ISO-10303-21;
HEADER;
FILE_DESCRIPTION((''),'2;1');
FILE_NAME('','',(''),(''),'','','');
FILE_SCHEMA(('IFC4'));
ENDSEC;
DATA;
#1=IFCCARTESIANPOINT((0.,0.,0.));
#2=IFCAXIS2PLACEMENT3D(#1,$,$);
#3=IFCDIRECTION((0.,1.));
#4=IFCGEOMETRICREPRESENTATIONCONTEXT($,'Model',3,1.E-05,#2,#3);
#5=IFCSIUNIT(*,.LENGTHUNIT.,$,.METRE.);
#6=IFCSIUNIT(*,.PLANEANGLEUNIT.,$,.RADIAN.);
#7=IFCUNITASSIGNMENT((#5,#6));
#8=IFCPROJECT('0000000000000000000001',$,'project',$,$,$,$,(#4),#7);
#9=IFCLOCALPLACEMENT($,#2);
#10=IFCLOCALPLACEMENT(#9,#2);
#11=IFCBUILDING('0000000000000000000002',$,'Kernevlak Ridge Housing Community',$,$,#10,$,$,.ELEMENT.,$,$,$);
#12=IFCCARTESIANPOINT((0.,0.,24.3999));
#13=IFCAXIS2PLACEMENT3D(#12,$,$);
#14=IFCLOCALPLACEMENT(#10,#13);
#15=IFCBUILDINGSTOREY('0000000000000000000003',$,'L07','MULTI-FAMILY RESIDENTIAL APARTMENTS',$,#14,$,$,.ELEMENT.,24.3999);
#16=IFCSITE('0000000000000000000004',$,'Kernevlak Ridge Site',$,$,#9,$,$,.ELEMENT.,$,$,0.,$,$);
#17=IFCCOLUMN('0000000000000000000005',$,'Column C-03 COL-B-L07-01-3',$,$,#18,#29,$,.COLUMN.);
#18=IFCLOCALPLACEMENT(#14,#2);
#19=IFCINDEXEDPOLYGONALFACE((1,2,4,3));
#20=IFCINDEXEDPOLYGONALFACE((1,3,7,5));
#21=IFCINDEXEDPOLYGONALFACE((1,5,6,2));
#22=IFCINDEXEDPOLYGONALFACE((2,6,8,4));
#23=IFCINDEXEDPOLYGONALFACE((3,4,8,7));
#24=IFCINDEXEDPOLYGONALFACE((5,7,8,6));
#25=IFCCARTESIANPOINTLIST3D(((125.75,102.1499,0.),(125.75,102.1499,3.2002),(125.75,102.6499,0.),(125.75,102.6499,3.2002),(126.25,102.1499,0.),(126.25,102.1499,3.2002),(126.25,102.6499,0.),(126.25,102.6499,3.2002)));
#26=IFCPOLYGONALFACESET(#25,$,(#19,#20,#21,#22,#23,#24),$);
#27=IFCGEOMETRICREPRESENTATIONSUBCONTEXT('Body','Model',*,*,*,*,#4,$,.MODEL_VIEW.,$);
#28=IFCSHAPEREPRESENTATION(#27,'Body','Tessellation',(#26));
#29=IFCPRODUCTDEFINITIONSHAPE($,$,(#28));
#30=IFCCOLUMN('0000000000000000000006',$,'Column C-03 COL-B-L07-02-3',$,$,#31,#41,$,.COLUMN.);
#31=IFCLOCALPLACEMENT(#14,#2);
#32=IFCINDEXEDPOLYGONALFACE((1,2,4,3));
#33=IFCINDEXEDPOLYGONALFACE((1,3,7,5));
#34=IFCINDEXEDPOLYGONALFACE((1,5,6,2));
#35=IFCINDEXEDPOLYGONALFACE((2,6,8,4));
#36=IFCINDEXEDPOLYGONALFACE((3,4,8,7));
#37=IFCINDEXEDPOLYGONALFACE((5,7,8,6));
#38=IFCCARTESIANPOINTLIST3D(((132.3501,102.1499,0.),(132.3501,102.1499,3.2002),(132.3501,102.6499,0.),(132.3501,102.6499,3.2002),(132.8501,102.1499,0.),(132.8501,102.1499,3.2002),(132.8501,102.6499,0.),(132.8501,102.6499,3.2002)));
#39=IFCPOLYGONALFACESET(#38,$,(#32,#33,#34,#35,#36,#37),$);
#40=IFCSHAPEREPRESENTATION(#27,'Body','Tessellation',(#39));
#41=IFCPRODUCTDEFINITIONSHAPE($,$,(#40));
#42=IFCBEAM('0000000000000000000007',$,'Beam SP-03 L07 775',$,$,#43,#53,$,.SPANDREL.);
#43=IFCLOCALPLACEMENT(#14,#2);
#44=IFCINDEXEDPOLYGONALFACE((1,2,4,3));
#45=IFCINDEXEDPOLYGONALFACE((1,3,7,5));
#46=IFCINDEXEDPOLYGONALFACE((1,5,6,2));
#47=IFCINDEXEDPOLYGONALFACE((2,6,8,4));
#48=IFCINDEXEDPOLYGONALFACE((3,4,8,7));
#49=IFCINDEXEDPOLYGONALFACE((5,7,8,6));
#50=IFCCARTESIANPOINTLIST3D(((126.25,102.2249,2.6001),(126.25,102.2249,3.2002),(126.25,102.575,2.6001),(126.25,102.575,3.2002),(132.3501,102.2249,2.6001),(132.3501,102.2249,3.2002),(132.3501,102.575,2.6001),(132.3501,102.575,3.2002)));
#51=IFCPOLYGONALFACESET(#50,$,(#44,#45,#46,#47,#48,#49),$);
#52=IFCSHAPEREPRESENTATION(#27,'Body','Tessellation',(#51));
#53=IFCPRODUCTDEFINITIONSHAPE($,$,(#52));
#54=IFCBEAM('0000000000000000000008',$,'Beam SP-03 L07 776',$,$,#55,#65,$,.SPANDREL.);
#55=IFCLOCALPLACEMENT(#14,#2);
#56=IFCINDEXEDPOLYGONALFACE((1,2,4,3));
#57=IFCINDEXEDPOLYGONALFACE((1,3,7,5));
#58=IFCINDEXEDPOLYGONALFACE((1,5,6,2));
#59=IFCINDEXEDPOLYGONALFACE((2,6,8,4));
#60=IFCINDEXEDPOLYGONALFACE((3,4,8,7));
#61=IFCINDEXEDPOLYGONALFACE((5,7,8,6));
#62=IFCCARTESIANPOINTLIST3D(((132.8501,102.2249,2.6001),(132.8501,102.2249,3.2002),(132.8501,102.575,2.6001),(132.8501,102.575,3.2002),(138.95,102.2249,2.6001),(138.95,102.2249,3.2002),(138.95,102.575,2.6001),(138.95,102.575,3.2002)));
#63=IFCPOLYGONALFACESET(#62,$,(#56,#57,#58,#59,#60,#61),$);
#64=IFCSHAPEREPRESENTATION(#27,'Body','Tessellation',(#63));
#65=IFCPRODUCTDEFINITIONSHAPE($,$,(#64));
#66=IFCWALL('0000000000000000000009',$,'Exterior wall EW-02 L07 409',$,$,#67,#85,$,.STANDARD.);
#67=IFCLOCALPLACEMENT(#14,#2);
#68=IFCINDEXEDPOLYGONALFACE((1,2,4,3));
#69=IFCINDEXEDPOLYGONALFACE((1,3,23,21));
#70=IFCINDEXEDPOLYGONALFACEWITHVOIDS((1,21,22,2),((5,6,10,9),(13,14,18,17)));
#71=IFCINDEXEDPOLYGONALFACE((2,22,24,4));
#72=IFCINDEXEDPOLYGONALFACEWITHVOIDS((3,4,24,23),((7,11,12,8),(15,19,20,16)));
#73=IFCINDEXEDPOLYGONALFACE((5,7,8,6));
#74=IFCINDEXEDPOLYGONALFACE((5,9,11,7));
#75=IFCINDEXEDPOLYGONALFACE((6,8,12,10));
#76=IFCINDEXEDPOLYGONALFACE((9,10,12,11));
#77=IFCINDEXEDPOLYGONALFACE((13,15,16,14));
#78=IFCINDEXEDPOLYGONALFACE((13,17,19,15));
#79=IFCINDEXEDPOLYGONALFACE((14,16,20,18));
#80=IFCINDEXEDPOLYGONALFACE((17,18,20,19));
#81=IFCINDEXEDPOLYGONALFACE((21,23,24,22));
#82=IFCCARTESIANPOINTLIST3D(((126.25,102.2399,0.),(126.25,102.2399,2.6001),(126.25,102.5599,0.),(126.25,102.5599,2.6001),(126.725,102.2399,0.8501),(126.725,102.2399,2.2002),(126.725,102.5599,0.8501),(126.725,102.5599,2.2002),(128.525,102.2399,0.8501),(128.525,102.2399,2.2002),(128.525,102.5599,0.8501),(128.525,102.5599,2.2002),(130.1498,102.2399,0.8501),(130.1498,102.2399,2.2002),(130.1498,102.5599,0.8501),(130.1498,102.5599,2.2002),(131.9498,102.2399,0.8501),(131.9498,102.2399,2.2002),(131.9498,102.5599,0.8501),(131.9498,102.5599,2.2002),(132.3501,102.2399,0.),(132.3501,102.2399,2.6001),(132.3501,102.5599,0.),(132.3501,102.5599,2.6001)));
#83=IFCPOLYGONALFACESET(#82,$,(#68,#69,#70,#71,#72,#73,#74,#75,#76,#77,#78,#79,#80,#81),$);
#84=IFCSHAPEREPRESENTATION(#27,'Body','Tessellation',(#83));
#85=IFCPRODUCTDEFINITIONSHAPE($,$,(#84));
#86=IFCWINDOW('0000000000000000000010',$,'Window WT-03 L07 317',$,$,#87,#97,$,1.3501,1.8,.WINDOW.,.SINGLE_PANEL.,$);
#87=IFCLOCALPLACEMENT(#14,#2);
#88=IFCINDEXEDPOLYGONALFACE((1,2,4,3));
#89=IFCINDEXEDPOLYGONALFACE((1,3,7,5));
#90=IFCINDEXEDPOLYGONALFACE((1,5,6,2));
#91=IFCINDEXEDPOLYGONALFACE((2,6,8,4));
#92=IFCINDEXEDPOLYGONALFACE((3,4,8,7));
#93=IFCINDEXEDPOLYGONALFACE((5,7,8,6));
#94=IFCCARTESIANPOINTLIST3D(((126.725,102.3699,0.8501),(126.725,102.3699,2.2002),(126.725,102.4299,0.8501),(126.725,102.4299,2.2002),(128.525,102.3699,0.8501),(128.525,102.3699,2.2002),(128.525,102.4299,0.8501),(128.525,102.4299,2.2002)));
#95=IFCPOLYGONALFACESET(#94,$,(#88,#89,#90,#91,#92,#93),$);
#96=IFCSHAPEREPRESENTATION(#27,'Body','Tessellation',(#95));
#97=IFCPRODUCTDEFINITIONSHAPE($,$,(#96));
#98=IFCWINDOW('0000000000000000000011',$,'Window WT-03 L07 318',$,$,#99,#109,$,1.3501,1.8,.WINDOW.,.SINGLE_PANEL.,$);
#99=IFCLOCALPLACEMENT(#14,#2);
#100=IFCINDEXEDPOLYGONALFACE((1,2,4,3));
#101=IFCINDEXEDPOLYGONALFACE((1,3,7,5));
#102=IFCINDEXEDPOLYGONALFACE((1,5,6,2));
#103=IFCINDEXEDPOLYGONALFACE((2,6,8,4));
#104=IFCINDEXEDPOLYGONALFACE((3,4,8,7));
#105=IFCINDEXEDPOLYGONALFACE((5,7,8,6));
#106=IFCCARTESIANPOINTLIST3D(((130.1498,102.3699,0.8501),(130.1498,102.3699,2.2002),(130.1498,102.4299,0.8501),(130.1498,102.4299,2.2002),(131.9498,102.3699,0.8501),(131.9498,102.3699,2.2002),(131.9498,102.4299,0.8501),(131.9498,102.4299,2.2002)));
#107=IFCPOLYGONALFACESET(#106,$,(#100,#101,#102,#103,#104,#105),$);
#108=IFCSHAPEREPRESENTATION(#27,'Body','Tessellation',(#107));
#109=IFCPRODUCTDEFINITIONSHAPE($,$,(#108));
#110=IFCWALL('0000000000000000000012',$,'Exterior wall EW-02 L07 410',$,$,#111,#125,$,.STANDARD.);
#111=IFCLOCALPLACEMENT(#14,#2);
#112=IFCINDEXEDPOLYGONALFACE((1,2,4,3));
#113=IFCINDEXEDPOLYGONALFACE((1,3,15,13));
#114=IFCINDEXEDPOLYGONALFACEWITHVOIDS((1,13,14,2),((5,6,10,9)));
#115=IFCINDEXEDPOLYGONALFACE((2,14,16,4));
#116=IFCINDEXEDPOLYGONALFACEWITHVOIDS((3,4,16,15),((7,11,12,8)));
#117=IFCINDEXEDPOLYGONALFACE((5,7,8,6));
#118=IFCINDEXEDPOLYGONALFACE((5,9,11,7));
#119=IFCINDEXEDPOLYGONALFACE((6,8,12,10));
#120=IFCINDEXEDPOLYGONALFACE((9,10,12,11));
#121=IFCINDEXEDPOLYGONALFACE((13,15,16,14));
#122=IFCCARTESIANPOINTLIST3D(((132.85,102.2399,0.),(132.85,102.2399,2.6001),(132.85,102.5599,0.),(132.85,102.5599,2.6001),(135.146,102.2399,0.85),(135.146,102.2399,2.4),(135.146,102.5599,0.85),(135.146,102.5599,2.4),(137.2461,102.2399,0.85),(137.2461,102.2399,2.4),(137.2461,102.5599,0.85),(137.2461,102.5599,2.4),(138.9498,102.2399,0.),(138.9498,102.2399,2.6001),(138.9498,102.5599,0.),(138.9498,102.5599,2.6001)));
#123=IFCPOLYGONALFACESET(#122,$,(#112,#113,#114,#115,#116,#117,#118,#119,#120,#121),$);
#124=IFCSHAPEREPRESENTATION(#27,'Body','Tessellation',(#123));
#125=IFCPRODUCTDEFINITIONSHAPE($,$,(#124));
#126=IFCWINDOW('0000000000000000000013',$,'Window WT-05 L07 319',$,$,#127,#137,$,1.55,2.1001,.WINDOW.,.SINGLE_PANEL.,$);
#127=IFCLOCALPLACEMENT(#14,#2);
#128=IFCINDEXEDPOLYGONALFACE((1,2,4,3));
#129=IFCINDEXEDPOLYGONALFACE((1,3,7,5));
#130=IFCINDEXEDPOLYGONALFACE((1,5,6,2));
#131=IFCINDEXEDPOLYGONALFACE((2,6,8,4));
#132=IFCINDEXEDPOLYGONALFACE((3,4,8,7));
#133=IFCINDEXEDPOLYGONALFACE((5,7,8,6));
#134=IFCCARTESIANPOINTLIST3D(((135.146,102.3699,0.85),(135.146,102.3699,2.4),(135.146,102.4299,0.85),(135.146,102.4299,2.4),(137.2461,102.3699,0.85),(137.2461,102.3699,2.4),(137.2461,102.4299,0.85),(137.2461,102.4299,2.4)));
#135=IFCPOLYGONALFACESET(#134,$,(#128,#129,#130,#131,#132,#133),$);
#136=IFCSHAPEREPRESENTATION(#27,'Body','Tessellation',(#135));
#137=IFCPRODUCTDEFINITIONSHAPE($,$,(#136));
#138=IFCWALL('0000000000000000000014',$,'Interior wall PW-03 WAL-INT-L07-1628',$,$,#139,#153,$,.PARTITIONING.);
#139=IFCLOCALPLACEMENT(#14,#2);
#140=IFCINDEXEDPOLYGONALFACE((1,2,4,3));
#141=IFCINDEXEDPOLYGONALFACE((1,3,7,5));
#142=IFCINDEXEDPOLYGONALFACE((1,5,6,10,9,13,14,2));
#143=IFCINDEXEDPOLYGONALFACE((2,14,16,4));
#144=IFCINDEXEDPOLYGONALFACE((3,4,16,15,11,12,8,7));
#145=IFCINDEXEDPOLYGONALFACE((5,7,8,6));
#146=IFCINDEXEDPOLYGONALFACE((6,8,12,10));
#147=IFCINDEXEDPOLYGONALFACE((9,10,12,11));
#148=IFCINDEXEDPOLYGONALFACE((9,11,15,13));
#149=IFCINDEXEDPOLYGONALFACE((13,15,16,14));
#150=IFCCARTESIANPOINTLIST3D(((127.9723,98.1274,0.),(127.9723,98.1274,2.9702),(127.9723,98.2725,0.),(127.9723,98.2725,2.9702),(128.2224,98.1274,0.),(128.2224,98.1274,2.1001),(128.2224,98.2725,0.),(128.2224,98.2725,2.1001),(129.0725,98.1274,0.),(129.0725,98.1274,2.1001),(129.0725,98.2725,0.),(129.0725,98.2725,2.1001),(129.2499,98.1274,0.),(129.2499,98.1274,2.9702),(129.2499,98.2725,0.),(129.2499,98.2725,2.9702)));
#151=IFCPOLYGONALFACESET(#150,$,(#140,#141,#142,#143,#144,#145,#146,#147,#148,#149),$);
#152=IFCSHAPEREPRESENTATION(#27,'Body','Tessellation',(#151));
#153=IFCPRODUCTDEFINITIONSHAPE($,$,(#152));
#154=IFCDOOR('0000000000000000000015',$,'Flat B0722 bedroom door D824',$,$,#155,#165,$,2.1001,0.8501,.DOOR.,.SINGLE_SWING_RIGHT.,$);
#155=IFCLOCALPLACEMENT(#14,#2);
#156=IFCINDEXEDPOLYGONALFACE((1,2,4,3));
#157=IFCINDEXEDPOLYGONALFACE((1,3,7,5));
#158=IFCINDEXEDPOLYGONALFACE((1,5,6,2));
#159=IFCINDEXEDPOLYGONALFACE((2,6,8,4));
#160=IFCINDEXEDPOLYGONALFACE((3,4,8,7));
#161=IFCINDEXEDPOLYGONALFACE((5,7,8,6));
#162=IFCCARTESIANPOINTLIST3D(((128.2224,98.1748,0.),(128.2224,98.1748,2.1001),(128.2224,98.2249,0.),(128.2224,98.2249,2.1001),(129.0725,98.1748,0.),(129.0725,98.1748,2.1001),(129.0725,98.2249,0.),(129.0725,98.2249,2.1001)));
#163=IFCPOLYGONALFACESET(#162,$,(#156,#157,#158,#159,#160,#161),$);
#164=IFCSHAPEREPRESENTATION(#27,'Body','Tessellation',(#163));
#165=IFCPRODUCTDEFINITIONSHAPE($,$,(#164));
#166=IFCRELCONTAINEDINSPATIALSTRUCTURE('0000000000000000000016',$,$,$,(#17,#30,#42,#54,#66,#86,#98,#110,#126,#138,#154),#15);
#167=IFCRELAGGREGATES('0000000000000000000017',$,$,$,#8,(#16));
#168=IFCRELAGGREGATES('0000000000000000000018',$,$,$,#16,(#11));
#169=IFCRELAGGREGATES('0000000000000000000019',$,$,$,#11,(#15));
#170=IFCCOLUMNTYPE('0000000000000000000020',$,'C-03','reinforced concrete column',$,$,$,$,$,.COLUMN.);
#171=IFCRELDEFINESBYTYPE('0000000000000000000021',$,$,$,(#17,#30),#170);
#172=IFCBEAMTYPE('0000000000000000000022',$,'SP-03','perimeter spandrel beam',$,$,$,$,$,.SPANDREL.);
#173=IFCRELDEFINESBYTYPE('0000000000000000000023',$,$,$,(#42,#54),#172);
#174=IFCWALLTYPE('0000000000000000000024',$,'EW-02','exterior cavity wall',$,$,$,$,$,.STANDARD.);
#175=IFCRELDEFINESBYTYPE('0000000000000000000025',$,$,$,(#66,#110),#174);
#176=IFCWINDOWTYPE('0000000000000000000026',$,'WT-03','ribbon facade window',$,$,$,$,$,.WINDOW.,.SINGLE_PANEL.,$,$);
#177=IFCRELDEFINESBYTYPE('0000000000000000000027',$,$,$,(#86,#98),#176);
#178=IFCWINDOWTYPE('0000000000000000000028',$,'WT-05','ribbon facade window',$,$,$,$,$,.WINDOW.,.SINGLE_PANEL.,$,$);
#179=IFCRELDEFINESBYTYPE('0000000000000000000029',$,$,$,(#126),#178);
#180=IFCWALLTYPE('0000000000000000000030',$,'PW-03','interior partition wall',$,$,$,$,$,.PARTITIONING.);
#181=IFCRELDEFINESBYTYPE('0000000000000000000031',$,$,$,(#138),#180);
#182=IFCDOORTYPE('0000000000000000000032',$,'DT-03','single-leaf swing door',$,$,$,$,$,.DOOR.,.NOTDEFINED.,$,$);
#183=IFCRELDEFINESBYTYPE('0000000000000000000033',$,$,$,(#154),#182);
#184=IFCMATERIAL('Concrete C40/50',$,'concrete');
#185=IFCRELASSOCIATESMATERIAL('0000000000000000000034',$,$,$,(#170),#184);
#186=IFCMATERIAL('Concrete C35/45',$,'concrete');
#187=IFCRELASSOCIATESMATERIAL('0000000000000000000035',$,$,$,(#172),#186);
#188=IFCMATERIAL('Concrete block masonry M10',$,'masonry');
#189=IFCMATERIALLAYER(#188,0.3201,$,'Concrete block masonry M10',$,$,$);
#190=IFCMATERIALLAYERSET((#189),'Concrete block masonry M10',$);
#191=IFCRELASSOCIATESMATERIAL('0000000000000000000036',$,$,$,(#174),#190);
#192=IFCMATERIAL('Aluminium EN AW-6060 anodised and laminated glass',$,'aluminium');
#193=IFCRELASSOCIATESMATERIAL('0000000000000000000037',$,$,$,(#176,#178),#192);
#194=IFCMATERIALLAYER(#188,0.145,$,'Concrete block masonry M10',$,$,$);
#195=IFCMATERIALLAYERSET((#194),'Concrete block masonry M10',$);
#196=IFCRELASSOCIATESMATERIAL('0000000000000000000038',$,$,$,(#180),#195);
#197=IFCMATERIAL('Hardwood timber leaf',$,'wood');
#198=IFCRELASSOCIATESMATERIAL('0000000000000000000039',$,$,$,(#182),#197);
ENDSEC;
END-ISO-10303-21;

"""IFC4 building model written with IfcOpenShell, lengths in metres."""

from ifc_helpers import new_model, si_unit, direction, frame, frame_2d, origin, origin_2d, place, context, subcontext, project, spatial, rectangle, extrude, material, layer, layer_set, material_profile, profile_set, type_object, element, fill, save


model = new_model("IFC4")

# Units and contexts
model_context = context("Model", 3, precision=1e-05, world=origin(), true_north=direction((0.0, 1.0)))
body_context = subcontext(model_context, "Body", "Model", "MODEL_VIEW")
ifc_project = project(units=[si_unit("LENGTHUNIT", "METRE"), si_unit("PLANEANGLEUNIT", "RADIAN")], contexts=[model_context])

# Site, building, storey
site_placement = place(None, origin())
site = spatial("IfcSite", under=ifc_project, at=site_placement, Name="Kernevlak Ridge Site", CompositionType="ELEMENT", RefElevation=0.0)
building_placement = place(site_placement, origin())
building = spatial("IfcBuilding", under=site, at=building_placement, Name="Kernevlak Ridge Housing Community", CompositionType="ELEMENT")
storey_placement = place(building_placement, frame((0.0, 0.0, 24.3999)))
storey = spatial("IfcBuildingStorey", under=building, at=storey_placement, Name="L07", Description="MULTI-FAMILY RESIDENTIAL APARTMENTS", CompositionType="ELEMENT", Elevation=24.3999)

# Columns
ifc_material_1 = material(Name="Concrete C40/50", Category="concrete")
ifc_material_profile_1 = material_profile(ifc_material_1, rectangle(XDim=0.5, YDim=0.5, at=origin_2d()), Name="RC 500x500")
ifc_profile_set_1 = profile_set([ifc_material_profile_1], Name="Concrete C40/50")
column_type = type_object("IfcColumnType", Name="C-03", Description="reinforced concrete column", PredefinedType="COLUMN", material=ifc_profile_set_1)
for number, where, z_axis, x_axis, name in (
    (1, (126.0, 102.3999, 0.0), (0.0, 0.0, 1.0), (1.0, 0.0, 0.0), "Column C-03 COL-B-L07-01-3"),
    (2, (132.6001, 102.3999, 0.0), (0.0, 0.0, 1.0), (1.0, 0.0, 0.0), "Column C-03 COL-B-L07-02-3"),
):
    element("IfcColumn", number, at=place(storey_placement, frame(where, z_axis=z_axis, x_axis=x_axis)), inside=storey, type_object=column_type, Name=name, PredefinedType="COLUMN", context=body_context, shape_type="SweptSolid", body=[
        extrude(rectangle(XDim=0.5, YDim=0.5, at=origin_2d()), origin(), (0.0, 0.0, 1.0), 3.2002),
    ])

# Beams
ifc_material_2 = material(Name="Concrete C35/45", Category="concrete")
ifc_material_profile_2 = material_profile(ifc_material_2, rectangle(XDim=0.3501, YDim=0.6001, at=origin_2d()), Name="RC 350x600")
ifc_profile_set_2 = profile_set([ifc_material_profile_2], Name="Concrete C35/45")
beam_type = type_object("IfcBeamType", Name="SP-03", Description="perimeter spandrel beam", PredefinedType="SPANDREL", material=ifc_profile_set_2)
beam_1_placement = place(storey_placement, frame((126.25, 102.3999, 2.9001), z_axis=(1.0, 0.0, 0.0), x_axis=(0.0, 1.0, 0.0)))
element("IfcBeam", 3, at=beam_1_placement, inside=storey, type_object=beam_type, Name="Beam SP-03 L07 775", PredefinedType="SPANDREL", context=body_context, shape_type="SweptSolid", body=[
    extrude(rectangle(XDim=0.3501, YDim=0.6001, at=origin_2d()), origin(), (0.0, 0.0, 1.0), 6.1001),
])
beam_2_placement = place(storey_placement, frame((132.8501, 102.3999, 2.9001), z_axis=(1.0, 0.0, 0.0), x_axis=(0.0, 1.0, 0.0)))
element("IfcBeam", 4, at=beam_2_placement, inside=storey, type_object=beam_type, Name="Beam SP-03 L07 776", PredefinedType="SPANDREL", context=body_context, shape_type="SweptSolid", body=[
    extrude(rectangle(XDim=0.3501, YDim=0.6001, at=origin_2d()), origin(), (0.0, 0.0, 1.0), 6.0999),
])

# Wall, openings, windows
ifc_material_3 = material(Name="Concrete block masonry M10", Category="masonry")
ifc_layer_1 = layer(ifc_material_3, 0.3201, Name="Concrete block masonry M10")
ifc_layer_set_1 = layer_set([ifc_layer_1], Name="Concrete block masonry M10")
wall_type_1 = type_object("IfcWallType", Name="EW-02", Description="exterior cavity wall", PredefinedType="STANDARD", material=ifc_layer_set_1)
wall_1_placement = place(storey_placement, frame((126.25, 102.3999, 0.0), z_axis=(0.0, 0.0, 1.0), x_axis=(1.0, 0.0, 0.0)))
wall_1 = element("IfcWall", 5, at=wall_1_placement, inside=storey, type_object=wall_type_1, Name="Exterior wall EW-02 L07 409", PredefinedType="STANDARD", context=body_context, shape_type="SweptSolid", body=[
    extrude(rectangle(XDim=6.1001, YDim=0.3201, at=frame_2d((3.05, 0.0))), origin(), (0.0, 0.0, 1.0), 2.6001),
])
opening_1_placement = place(wall_1_placement, frame((0.4751, 0.0, 0.8501)))
opening_1 = element("IfcOpeningElement", 6, at=opening_1_placement, cuts=wall_1, PredefinedType="OPENING", context=body_context, shape_type="SweptSolid", body=[
    extrude(rectangle(XDim=1.8, YDim=1.3501, at=frame_2d((0.8999, 0.675))), frame((0.0, 0.1699, 0.0), z_axis=(0.0, -1.0, 0.0), x_axis=(1.0, 0.0, 0.0)), (0.0, 0.0, 1.0), 0.3401),
])
opening_2_placement = place(wall_1_placement, frame((3.8999, 0.0, 0.8501)))
opening_2 = element("IfcOpeningElement", 7, at=opening_2_placement, cuts=wall_1, PredefinedType="OPENING", context=body_context, shape_type="SweptSolid", body=[
    extrude(rectangle(XDim=1.8, YDim=1.3501, at=frame_2d((0.8999, 0.675))), frame((0.0, 0.1699, 0.0), z_axis=(0.0, -1.0, 0.0), x_axis=(1.0, 0.0, 0.0)), (0.0, 0.0, 1.0), 0.3401),
])
ifc_material_4 = material(Name="Aluminium EN AW-6060 anodised and laminated glass", Category="aluminium")
window_type_1 = type_object("IfcWindowType", Name="WT-03", Description="ribbon facade window", PartitioningType="SINGLE_PANEL", PredefinedType="WINDOW", material=ifc_material_4)
window_1_placement = place(opening_1_placement, origin())
window_1 = element("IfcWindow", 8, at=window_1_placement, inside=storey, type_object=window_type_1, Name="Window WT-03 L07 317", OverallHeight=1.3501, OverallWidth=1.8, PartitioningType="SINGLE_PANEL", PredefinedType="WINDOW", context=body_context, shape_type="SweptSolid", body=[
    extrude(rectangle(XDim=1.8, YDim=1.3501, at=frame_2d((0.8999, 0.675))), frame((0.0, 0.03, 0.0), z_axis=(0.0, -1.0, 0.0), x_axis=(1.0, 0.0, 0.0)), (0.0, 0.0, 1.0), 0.0601),
])
fill(opening_1, window_1)
window_2_placement = place(opening_2_placement, origin())
window_2 = element("IfcWindow", 9, at=window_2_placement, inside=storey, type_object=window_type_1, Name="Window WT-03 L07 318", OverallHeight=1.3501, OverallWidth=1.8, PartitioningType="SINGLE_PANEL", PredefinedType="WINDOW", context=body_context, shape_type="SweptSolid", body=[
    extrude(rectangle(XDim=1.8, YDim=1.3501, at=frame_2d((0.8999, 0.675))), frame((0.0, 0.03, 0.0), z_axis=(0.0, -1.0, 0.0), x_axis=(1.0, 0.0, 0.0)), (0.0, 0.0, 1.0), 0.0601),
])
fill(opening_2, window_2)

# Wall, opening, window
wall_2_placement = place(storey_placement, frame((132.8501, 102.3999, 0.0), z_axis=(0.0, 0.0, 1.0), x_axis=(1.0, 0.0, 0.0)))
wall_2 = element("IfcWall", 10, at=wall_2_placement, inside=storey, type_object=wall_type_1, Name="Exterior wall EW-02 L07 410", PredefinedType="STANDARD", context=body_context, shape_type="SweptSolid", body=[
    extrude(rectangle(XDim=6.0999, YDim=0.3201, at=frame_2d((3.0498, 0.0))), origin(), (0.0, 0.0, 1.0), 2.6001),
])
opening_3_placement = place(wall_2_placement, frame((2.2959, 0.0, 0.8501)))
opening_3 = element("IfcOpeningElement", 11, at=opening_3_placement, cuts=wall_2, PredefinedType="OPENING", context=body_context, shape_type="SweptSolid", body=[
    extrude(rectangle(XDim=2.1001, YDim=1.55, at=frame_2d((1.05, 0.7749))), frame((0.0, 0.1699, 0.0), z_axis=(0.0, -1.0, 0.0), x_axis=(1.0, 0.0, 0.0)), (0.0, 0.0, 1.0), 0.3401),
])
window_type_2 = type_object("IfcWindowType", Name="WT-05", Description="ribbon facade window", PartitioningType="SINGLE_PANEL", PredefinedType="WINDOW", material=ifc_material_4)
window_3_placement = place(opening_3_placement, origin())
window_3 = element("IfcWindow", 12, at=window_3_placement, inside=storey, type_object=window_type_2, Name="Window WT-05 L07 319", OverallHeight=1.55, OverallWidth=2.1001, PartitioningType="SINGLE_PANEL", PredefinedType="WINDOW", context=body_context, shape_type="SweptSolid", body=[
    extrude(rectangle(XDim=2.1001, YDim=1.55, at=frame_2d((1.05, 0.7749))), frame((0.0, 0.03, 0.0), z_axis=(0.0, -1.0, 0.0), x_axis=(1.0, 0.0, 0.0)), (0.0, 0.0, 1.0), 0.0601),
])
fill(opening_3, window_3)

# Wall, opening, door
ifc_layer_2 = layer(ifc_material_3, 0.145, Name="Concrete block masonry M10")
ifc_layer_set_2 = layer_set([ifc_layer_2], Name="Concrete block masonry M10")
wall_type_2 = type_object("IfcWallType", Name="PW-03", Description="interior partition wall", PredefinedType="PARTITIONING", material=ifc_layer_set_2)
wall_3_placement = place(storey_placement, frame((127.9724, 98.2, 0.0), z_axis=(0.0, 0.0, 1.0), x_axis=(1.0, 0.0, 0.0)))
wall_3 = element("IfcWall", 13, at=wall_3_placement, inside=storey, type_object=wall_type_2, Name="Interior wall PW-03 WAL-INT-L07-1628", PredefinedType="PARTITIONING", context=body_context, shape_type="SweptSolid", body=[
    extrude(rectangle(XDim=1.2776, YDim=0.145, at=frame_2d((0.6387, 0.0))), origin(), (0.0, 0.0, 1.0), 2.9702),
])
opening_4_placement = place(wall_3_placement, frame((0.25, 0.0, 0.0)))
opening_4 = element("IfcOpeningElement", 14, at=opening_4_placement, cuts=wall_3, PredefinedType="OPENING", context=body_context, shape_type="SweptSolid", body=[
    extrude(rectangle(XDim=0.8501, YDim=2.1001, at=frame_2d((0.425, 1.05))), frame((0.0, 0.0825, 0.0), z_axis=(0.0, -1.0, 0.0), x_axis=(1.0, 0.0, 0.0)), (0.0, 0.0, 1.0), 0.165),
])
ifc_material_5 = material(Name="Hardwood timber leaf", Category="wood")
door_type_1 = type_object("IfcDoorType", Name="DT-03", Description="single-leaf swing door", OperationType="NOTDEFINED", PredefinedType="DOOR", material=ifc_material_5)
door_1_placement = place(opening_4_placement, origin())
door_1 = element("IfcDoor", 15, at=door_1_placement, inside=storey, type_object=door_type_1, Name="Flat B0722 bedroom door D824", OperationType="SINGLE_SWING_RIGHT", OverallHeight=2.1001, OverallWidth=0.8501, PredefinedType="DOOR", context=body_context, shape_type="SweptSolid", body=[
    extrude(rectangle(XDim=0.8501, YDim=2.1001, at=frame_2d((0.425, 1.05))), frame((0.0, 0.0249, 0.0), z_axis=(0.0, -1.0, 0.0), x_axis=(1.0, 0.0, 0.0)), (0.0, 0.0, 1.0), 0.05),
])
fill(opening_4, door_1)

save(model, "model.ifc")
